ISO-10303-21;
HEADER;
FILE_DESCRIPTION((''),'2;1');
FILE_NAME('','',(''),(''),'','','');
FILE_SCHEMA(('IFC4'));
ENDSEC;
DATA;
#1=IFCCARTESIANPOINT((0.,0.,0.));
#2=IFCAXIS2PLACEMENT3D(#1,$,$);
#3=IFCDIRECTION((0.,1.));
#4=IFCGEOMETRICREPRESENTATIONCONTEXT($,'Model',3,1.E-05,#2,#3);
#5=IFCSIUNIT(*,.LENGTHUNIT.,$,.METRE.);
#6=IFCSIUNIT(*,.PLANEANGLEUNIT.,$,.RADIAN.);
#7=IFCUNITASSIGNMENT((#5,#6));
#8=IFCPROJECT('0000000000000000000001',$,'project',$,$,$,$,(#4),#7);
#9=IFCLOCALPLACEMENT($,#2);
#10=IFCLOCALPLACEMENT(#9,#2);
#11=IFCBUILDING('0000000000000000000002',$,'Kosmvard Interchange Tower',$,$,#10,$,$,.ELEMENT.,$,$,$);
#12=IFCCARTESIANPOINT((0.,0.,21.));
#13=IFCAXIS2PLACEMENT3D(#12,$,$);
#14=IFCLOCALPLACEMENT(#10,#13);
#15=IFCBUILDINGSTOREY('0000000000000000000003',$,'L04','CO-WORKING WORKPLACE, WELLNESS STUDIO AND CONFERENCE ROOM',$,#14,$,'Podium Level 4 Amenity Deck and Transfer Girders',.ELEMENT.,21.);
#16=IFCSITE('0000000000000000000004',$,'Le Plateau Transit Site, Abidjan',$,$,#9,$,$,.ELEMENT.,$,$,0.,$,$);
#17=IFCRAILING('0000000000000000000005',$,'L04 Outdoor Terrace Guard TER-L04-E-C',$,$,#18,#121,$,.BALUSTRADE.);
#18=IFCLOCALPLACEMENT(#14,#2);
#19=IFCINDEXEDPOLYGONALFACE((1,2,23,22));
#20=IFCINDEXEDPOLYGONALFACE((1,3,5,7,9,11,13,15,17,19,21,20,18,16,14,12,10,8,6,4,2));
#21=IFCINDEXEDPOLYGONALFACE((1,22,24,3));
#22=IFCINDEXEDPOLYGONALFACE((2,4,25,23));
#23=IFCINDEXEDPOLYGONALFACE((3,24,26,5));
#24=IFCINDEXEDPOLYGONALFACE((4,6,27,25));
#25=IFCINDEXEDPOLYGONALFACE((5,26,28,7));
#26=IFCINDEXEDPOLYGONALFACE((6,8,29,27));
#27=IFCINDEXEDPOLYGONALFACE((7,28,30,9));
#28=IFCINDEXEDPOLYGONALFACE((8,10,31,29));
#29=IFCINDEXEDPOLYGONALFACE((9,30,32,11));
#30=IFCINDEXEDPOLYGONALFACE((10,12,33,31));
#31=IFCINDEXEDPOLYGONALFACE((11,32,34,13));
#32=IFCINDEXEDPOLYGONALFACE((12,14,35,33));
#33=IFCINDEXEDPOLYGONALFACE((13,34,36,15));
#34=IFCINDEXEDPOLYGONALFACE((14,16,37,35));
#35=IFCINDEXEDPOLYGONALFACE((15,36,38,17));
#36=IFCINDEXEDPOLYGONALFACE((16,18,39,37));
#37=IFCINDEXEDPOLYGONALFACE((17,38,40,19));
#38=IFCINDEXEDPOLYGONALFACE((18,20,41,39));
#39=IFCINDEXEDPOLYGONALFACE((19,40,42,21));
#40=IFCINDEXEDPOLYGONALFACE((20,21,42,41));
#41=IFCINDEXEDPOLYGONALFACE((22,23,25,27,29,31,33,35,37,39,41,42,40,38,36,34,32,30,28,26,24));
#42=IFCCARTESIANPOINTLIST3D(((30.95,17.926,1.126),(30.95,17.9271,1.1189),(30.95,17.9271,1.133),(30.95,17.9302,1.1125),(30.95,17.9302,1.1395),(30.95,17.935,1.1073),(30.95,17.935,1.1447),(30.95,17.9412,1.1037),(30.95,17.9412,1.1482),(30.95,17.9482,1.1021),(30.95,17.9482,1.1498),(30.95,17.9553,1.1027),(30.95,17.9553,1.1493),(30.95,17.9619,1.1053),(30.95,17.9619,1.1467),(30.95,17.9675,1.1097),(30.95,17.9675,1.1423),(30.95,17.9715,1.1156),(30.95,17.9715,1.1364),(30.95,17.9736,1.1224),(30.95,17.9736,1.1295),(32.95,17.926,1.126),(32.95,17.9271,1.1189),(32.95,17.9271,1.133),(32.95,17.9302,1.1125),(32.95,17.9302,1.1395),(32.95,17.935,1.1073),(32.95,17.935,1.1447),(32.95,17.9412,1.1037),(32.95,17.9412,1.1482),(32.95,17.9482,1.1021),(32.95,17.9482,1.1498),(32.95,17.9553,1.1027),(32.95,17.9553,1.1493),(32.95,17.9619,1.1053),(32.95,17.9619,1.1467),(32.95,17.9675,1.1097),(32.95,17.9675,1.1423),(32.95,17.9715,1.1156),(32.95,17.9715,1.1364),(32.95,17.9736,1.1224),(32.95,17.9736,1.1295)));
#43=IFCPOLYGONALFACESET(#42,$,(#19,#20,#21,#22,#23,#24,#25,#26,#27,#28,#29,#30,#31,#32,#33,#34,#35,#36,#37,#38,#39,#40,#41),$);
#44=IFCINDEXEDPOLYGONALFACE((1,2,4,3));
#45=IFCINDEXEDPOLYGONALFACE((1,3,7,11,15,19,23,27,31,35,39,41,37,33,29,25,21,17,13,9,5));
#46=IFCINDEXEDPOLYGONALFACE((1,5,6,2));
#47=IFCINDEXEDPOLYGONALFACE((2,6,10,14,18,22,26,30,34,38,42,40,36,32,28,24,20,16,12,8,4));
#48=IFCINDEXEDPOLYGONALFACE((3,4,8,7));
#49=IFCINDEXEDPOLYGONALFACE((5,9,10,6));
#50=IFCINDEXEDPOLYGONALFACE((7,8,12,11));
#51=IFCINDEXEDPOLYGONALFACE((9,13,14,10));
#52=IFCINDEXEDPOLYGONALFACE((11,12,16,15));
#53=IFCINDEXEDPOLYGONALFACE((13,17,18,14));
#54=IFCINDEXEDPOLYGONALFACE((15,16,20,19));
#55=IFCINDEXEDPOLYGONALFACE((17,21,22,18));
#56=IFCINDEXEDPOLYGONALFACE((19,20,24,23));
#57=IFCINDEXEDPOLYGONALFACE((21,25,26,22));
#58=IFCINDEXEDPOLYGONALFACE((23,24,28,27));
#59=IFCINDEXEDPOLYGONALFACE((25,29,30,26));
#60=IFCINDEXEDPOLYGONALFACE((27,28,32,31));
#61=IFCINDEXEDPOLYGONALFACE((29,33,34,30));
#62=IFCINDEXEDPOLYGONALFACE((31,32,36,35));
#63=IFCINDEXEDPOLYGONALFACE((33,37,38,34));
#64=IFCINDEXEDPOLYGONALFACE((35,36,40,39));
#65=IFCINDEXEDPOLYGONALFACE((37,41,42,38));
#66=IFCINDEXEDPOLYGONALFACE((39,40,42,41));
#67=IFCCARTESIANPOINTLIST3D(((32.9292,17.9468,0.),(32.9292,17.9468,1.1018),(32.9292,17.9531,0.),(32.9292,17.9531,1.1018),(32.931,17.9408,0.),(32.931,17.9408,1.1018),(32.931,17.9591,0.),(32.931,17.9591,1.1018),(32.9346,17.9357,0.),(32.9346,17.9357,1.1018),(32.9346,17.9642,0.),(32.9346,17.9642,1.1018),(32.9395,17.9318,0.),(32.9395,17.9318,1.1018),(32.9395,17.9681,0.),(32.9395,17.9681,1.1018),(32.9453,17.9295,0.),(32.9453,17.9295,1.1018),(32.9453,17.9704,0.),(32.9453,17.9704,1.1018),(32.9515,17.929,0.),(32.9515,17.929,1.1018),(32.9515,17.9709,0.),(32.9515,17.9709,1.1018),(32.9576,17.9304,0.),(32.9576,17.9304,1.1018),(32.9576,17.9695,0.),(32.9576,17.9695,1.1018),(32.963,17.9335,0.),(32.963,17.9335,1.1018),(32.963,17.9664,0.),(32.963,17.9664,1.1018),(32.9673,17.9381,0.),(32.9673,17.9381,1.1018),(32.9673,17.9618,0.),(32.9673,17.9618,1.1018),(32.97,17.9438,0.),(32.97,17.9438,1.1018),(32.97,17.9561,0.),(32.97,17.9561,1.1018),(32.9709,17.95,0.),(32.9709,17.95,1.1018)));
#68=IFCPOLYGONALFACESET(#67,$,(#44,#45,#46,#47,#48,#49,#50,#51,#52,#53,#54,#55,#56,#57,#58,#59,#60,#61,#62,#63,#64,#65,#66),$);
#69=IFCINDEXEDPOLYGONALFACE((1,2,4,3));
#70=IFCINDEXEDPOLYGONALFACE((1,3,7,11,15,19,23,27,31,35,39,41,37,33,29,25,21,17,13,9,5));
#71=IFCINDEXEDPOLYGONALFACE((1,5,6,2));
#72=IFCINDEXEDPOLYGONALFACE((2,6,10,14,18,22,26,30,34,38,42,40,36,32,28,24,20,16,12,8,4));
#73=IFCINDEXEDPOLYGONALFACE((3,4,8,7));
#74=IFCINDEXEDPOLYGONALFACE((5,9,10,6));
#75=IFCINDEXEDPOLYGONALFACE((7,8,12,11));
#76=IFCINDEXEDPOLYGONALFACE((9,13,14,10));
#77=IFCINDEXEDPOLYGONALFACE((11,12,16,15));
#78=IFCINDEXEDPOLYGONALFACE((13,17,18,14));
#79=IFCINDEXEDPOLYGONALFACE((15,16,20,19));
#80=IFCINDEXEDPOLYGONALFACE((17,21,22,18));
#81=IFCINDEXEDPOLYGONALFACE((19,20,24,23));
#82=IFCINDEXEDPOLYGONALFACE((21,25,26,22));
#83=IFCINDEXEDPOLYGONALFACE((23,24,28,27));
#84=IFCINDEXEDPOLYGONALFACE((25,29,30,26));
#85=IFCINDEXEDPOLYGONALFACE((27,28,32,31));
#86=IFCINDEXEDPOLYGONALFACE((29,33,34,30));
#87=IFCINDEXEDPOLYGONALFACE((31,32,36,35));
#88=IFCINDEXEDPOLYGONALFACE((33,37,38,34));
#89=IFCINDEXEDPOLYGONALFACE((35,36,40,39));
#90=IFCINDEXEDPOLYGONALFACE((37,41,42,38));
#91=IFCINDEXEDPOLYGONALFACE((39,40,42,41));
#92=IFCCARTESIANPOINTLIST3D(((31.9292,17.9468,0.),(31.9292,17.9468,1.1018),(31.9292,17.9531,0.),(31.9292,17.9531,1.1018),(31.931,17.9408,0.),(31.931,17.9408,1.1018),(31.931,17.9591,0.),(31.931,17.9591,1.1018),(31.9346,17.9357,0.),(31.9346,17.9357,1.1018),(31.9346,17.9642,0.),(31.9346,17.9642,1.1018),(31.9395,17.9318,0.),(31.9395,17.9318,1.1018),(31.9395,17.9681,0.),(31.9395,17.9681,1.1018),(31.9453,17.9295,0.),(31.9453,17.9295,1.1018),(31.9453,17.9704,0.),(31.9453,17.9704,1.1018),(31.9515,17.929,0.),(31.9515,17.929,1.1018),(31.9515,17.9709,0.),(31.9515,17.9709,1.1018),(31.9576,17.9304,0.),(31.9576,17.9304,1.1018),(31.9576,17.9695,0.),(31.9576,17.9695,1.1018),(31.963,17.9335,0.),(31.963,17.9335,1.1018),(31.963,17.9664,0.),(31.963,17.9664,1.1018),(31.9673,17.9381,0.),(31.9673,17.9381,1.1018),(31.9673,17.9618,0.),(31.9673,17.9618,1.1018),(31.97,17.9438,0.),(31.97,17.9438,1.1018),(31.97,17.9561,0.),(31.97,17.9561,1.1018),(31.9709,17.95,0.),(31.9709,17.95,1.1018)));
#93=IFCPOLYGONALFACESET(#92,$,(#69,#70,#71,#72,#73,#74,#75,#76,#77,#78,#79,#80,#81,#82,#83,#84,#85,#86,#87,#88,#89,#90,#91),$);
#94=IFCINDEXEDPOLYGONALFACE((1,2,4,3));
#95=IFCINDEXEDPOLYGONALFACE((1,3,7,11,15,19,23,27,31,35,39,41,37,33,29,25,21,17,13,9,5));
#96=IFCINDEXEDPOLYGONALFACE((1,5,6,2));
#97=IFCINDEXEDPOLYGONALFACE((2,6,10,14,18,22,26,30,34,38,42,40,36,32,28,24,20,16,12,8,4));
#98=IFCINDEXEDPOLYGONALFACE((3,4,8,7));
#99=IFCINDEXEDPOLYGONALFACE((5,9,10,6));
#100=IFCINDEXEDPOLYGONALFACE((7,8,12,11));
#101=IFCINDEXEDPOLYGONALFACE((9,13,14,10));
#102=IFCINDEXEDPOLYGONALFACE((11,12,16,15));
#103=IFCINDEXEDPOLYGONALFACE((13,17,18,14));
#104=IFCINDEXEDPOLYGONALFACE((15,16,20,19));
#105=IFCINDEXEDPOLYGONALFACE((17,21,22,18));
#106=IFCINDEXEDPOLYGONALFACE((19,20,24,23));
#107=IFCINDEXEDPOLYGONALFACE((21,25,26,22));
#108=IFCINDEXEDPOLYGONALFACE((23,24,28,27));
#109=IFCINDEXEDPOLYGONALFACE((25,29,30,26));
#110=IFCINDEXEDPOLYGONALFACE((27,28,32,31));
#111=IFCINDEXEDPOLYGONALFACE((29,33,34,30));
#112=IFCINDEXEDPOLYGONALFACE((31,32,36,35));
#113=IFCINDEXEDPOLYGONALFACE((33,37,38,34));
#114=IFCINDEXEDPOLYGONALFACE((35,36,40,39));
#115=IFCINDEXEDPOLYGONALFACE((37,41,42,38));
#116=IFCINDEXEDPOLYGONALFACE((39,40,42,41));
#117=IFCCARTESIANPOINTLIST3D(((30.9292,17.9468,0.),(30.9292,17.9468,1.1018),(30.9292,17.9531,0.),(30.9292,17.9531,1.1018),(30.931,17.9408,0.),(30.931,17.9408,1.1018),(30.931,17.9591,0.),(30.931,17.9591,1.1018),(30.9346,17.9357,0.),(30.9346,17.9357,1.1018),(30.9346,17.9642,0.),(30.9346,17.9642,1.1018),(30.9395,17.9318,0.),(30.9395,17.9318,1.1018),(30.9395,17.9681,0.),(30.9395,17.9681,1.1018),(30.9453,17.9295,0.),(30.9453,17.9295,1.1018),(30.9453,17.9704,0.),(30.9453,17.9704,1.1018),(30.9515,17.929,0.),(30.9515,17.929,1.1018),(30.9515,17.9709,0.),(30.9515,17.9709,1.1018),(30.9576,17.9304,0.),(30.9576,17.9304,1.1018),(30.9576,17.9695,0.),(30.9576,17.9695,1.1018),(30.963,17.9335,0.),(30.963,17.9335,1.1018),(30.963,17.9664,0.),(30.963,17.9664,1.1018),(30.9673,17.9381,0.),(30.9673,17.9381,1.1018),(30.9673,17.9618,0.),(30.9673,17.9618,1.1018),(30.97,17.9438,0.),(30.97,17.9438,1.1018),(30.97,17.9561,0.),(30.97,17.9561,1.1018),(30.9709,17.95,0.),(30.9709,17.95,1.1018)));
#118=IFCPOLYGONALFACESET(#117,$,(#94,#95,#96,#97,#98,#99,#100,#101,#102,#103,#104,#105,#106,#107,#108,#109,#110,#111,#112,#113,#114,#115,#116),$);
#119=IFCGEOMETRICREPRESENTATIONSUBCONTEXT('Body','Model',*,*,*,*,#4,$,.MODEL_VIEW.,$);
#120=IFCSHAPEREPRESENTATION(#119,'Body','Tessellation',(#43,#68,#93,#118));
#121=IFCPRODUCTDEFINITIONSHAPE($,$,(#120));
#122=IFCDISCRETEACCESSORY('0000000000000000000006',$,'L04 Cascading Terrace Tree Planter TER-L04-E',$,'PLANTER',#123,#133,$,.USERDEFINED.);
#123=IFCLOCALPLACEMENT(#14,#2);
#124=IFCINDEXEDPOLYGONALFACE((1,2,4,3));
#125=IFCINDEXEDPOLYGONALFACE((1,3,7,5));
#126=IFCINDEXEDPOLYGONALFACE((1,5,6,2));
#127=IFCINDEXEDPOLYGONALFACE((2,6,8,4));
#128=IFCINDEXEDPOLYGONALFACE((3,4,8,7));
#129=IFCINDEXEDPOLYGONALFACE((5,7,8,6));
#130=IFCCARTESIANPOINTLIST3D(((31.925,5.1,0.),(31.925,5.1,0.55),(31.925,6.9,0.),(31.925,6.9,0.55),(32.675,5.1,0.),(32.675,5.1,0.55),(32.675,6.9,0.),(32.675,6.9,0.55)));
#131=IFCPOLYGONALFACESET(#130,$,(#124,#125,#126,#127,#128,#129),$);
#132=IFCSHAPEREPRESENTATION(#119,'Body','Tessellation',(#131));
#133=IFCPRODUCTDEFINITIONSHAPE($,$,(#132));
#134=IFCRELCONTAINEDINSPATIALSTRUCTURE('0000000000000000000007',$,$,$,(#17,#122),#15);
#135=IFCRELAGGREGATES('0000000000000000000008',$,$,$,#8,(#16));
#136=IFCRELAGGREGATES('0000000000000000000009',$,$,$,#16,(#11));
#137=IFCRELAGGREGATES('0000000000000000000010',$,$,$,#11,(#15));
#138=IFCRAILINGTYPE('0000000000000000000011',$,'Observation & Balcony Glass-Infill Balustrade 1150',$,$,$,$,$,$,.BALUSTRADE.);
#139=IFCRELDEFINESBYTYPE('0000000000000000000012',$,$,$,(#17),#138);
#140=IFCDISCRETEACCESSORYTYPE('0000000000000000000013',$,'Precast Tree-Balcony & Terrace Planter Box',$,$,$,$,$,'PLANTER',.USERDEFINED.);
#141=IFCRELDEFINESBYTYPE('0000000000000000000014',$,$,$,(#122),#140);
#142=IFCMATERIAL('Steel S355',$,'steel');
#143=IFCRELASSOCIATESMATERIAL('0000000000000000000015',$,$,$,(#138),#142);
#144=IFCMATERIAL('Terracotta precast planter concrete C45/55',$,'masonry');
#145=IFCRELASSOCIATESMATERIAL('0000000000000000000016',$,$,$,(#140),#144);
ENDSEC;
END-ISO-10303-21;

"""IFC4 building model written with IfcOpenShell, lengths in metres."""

from ifc_helpers import new_model, si_unit, direction, frame, origin, origin_2d, place, context, subcontext, project, spatial, rectangle, circle, extrude, source, transform, mapped, material, type_object, element, save


model = new_model("IFC4")

# Units and contexts
model_context = context("Model", 3, precision=1e-05, world=origin(), true_north=direction((0.0, 1.0)))
body_context = subcontext(model_context, "Body", "Model", "MODEL_VIEW")
ifc_project = project(units=[si_unit("LENGTHUNIT", "METRE"), si_unit("PLANEANGLEUNIT", "RADIAN")], contexts=[model_context])

# Site, building, storey
site_placement = place(None, origin())
site = spatial("IfcSite", under=ifc_project, at=site_placement, Name="Le Plateau Transit Site, Abidjan", CompositionType="ELEMENT", RefElevation=0.0)
building_placement = place(site_placement, origin())
building = spatial("IfcBuilding", under=site, at=building_placement, Name="Kosmvard Interchange Tower", CompositionType="ELEMENT")
storey_placement = place(building_placement, frame((0.0, 0.0, 21.0)))
storey = spatial("IfcBuildingStorey", under=building, at=storey_placement, Name="L04", Description="CO-WORKING WORKPLACE, WELLNESS STUDIO AND CONFERENCE ROOM", LongName="Podium Level 4 Amenity Deck and Transfer Girders", CompositionType="ELEMENT", Elevation=21.0)

# Shared definitions
ifc_material_1 = material(Name="Steel S355", Category="steel")

# Railing
railing_type = type_object("IfcRailingType", Name="Observation & Balcony Glass-Infill Balustrade 1150", PredefinedType="BALUSTRADE", material=ifc_material_1)
shared_shape_1 = source(origin(), body_context, "Body", "SweptSolid", [
    extrude(circle(Radius=0.0239, at=origin_2d()), frame((0.0, 0.0, 1.126), z_axis=(-1.0, 0.0, 0.0), x_axis=(0.0, -1.0, 0.0)), (0.0, 0.0, 1.0), 2.0),
    extrude(circle(Radius=0.021, at=origin_2d()), origin(), (0.0, 0.0, 1.0), 1.1018),
    extrude(circle(Radius=0.021, at=origin_2d()), frame((-1.0, 0.0, 0.0)), (0.0, 0.0, 1.0), 1.1018),
    extrude(circle(Radius=0.021, at=origin_2d()), frame((-2.0, 0.0, 0.0)), (0.0, 0.0, 1.0), 1.1018),
])
railing_placement = place(storey_placement, frame((32.95, 17.95, 0.0)))
element("IfcRailing", 1, at=railing_placement, inside=storey, type_object=railing_type, Name="L04 Outdoor Terrace Guard TER-L04-E-C", PredefinedType="BALUSTRADE", context=body_context, shape_type="MappedRepresentation", body=[
    mapped(shared_shape_1, transform((0.0, 0.0, 0.0), scale=1.0)),
])

# Discrete accessory
ifc_material_2 = material(Name="Terracotta precast planter concrete C45/55", Category="masonry")
discrete_accessory_type = type_object("IfcDiscreteAccessoryType", Name="Precast Tree-Balcony & Terrace Planter Box", ElementType="PLANTER", PredefinedType="USERDEFINED", material=ifc_material_2)
shared_shape_2 = source(origin(), body_context, "Body", "SweptSolid", [
    extrude(rectangle(XDim=0.75, YDim=1.8, at=origin_2d()), origin(), (0.0, 0.0, 1.0), 0.55),
])
discrete_accessory_placement = place(storey_placement, frame((32.3, 6.0, 0.0), z_axis=(0.0, 0.0, 1.0), x_axis=(1.0, 0.0, 0.0)))
element("IfcDiscreteAccessory", 2, at=discrete_accessory_placement, inside=storey, type_object=discrete_accessory_type, Name="L04 Cascading Terrace Tree Planter TER-L04-E", ObjectType="PLANTER", PredefinedType="USERDEFINED", context=body_context, shape_type="MappedRepresentation", body=[
    mapped(shared_shape_2, transform((0.0, 0.0, 0.0), scale=1.0)),
])

save(model, "model.ifc")
